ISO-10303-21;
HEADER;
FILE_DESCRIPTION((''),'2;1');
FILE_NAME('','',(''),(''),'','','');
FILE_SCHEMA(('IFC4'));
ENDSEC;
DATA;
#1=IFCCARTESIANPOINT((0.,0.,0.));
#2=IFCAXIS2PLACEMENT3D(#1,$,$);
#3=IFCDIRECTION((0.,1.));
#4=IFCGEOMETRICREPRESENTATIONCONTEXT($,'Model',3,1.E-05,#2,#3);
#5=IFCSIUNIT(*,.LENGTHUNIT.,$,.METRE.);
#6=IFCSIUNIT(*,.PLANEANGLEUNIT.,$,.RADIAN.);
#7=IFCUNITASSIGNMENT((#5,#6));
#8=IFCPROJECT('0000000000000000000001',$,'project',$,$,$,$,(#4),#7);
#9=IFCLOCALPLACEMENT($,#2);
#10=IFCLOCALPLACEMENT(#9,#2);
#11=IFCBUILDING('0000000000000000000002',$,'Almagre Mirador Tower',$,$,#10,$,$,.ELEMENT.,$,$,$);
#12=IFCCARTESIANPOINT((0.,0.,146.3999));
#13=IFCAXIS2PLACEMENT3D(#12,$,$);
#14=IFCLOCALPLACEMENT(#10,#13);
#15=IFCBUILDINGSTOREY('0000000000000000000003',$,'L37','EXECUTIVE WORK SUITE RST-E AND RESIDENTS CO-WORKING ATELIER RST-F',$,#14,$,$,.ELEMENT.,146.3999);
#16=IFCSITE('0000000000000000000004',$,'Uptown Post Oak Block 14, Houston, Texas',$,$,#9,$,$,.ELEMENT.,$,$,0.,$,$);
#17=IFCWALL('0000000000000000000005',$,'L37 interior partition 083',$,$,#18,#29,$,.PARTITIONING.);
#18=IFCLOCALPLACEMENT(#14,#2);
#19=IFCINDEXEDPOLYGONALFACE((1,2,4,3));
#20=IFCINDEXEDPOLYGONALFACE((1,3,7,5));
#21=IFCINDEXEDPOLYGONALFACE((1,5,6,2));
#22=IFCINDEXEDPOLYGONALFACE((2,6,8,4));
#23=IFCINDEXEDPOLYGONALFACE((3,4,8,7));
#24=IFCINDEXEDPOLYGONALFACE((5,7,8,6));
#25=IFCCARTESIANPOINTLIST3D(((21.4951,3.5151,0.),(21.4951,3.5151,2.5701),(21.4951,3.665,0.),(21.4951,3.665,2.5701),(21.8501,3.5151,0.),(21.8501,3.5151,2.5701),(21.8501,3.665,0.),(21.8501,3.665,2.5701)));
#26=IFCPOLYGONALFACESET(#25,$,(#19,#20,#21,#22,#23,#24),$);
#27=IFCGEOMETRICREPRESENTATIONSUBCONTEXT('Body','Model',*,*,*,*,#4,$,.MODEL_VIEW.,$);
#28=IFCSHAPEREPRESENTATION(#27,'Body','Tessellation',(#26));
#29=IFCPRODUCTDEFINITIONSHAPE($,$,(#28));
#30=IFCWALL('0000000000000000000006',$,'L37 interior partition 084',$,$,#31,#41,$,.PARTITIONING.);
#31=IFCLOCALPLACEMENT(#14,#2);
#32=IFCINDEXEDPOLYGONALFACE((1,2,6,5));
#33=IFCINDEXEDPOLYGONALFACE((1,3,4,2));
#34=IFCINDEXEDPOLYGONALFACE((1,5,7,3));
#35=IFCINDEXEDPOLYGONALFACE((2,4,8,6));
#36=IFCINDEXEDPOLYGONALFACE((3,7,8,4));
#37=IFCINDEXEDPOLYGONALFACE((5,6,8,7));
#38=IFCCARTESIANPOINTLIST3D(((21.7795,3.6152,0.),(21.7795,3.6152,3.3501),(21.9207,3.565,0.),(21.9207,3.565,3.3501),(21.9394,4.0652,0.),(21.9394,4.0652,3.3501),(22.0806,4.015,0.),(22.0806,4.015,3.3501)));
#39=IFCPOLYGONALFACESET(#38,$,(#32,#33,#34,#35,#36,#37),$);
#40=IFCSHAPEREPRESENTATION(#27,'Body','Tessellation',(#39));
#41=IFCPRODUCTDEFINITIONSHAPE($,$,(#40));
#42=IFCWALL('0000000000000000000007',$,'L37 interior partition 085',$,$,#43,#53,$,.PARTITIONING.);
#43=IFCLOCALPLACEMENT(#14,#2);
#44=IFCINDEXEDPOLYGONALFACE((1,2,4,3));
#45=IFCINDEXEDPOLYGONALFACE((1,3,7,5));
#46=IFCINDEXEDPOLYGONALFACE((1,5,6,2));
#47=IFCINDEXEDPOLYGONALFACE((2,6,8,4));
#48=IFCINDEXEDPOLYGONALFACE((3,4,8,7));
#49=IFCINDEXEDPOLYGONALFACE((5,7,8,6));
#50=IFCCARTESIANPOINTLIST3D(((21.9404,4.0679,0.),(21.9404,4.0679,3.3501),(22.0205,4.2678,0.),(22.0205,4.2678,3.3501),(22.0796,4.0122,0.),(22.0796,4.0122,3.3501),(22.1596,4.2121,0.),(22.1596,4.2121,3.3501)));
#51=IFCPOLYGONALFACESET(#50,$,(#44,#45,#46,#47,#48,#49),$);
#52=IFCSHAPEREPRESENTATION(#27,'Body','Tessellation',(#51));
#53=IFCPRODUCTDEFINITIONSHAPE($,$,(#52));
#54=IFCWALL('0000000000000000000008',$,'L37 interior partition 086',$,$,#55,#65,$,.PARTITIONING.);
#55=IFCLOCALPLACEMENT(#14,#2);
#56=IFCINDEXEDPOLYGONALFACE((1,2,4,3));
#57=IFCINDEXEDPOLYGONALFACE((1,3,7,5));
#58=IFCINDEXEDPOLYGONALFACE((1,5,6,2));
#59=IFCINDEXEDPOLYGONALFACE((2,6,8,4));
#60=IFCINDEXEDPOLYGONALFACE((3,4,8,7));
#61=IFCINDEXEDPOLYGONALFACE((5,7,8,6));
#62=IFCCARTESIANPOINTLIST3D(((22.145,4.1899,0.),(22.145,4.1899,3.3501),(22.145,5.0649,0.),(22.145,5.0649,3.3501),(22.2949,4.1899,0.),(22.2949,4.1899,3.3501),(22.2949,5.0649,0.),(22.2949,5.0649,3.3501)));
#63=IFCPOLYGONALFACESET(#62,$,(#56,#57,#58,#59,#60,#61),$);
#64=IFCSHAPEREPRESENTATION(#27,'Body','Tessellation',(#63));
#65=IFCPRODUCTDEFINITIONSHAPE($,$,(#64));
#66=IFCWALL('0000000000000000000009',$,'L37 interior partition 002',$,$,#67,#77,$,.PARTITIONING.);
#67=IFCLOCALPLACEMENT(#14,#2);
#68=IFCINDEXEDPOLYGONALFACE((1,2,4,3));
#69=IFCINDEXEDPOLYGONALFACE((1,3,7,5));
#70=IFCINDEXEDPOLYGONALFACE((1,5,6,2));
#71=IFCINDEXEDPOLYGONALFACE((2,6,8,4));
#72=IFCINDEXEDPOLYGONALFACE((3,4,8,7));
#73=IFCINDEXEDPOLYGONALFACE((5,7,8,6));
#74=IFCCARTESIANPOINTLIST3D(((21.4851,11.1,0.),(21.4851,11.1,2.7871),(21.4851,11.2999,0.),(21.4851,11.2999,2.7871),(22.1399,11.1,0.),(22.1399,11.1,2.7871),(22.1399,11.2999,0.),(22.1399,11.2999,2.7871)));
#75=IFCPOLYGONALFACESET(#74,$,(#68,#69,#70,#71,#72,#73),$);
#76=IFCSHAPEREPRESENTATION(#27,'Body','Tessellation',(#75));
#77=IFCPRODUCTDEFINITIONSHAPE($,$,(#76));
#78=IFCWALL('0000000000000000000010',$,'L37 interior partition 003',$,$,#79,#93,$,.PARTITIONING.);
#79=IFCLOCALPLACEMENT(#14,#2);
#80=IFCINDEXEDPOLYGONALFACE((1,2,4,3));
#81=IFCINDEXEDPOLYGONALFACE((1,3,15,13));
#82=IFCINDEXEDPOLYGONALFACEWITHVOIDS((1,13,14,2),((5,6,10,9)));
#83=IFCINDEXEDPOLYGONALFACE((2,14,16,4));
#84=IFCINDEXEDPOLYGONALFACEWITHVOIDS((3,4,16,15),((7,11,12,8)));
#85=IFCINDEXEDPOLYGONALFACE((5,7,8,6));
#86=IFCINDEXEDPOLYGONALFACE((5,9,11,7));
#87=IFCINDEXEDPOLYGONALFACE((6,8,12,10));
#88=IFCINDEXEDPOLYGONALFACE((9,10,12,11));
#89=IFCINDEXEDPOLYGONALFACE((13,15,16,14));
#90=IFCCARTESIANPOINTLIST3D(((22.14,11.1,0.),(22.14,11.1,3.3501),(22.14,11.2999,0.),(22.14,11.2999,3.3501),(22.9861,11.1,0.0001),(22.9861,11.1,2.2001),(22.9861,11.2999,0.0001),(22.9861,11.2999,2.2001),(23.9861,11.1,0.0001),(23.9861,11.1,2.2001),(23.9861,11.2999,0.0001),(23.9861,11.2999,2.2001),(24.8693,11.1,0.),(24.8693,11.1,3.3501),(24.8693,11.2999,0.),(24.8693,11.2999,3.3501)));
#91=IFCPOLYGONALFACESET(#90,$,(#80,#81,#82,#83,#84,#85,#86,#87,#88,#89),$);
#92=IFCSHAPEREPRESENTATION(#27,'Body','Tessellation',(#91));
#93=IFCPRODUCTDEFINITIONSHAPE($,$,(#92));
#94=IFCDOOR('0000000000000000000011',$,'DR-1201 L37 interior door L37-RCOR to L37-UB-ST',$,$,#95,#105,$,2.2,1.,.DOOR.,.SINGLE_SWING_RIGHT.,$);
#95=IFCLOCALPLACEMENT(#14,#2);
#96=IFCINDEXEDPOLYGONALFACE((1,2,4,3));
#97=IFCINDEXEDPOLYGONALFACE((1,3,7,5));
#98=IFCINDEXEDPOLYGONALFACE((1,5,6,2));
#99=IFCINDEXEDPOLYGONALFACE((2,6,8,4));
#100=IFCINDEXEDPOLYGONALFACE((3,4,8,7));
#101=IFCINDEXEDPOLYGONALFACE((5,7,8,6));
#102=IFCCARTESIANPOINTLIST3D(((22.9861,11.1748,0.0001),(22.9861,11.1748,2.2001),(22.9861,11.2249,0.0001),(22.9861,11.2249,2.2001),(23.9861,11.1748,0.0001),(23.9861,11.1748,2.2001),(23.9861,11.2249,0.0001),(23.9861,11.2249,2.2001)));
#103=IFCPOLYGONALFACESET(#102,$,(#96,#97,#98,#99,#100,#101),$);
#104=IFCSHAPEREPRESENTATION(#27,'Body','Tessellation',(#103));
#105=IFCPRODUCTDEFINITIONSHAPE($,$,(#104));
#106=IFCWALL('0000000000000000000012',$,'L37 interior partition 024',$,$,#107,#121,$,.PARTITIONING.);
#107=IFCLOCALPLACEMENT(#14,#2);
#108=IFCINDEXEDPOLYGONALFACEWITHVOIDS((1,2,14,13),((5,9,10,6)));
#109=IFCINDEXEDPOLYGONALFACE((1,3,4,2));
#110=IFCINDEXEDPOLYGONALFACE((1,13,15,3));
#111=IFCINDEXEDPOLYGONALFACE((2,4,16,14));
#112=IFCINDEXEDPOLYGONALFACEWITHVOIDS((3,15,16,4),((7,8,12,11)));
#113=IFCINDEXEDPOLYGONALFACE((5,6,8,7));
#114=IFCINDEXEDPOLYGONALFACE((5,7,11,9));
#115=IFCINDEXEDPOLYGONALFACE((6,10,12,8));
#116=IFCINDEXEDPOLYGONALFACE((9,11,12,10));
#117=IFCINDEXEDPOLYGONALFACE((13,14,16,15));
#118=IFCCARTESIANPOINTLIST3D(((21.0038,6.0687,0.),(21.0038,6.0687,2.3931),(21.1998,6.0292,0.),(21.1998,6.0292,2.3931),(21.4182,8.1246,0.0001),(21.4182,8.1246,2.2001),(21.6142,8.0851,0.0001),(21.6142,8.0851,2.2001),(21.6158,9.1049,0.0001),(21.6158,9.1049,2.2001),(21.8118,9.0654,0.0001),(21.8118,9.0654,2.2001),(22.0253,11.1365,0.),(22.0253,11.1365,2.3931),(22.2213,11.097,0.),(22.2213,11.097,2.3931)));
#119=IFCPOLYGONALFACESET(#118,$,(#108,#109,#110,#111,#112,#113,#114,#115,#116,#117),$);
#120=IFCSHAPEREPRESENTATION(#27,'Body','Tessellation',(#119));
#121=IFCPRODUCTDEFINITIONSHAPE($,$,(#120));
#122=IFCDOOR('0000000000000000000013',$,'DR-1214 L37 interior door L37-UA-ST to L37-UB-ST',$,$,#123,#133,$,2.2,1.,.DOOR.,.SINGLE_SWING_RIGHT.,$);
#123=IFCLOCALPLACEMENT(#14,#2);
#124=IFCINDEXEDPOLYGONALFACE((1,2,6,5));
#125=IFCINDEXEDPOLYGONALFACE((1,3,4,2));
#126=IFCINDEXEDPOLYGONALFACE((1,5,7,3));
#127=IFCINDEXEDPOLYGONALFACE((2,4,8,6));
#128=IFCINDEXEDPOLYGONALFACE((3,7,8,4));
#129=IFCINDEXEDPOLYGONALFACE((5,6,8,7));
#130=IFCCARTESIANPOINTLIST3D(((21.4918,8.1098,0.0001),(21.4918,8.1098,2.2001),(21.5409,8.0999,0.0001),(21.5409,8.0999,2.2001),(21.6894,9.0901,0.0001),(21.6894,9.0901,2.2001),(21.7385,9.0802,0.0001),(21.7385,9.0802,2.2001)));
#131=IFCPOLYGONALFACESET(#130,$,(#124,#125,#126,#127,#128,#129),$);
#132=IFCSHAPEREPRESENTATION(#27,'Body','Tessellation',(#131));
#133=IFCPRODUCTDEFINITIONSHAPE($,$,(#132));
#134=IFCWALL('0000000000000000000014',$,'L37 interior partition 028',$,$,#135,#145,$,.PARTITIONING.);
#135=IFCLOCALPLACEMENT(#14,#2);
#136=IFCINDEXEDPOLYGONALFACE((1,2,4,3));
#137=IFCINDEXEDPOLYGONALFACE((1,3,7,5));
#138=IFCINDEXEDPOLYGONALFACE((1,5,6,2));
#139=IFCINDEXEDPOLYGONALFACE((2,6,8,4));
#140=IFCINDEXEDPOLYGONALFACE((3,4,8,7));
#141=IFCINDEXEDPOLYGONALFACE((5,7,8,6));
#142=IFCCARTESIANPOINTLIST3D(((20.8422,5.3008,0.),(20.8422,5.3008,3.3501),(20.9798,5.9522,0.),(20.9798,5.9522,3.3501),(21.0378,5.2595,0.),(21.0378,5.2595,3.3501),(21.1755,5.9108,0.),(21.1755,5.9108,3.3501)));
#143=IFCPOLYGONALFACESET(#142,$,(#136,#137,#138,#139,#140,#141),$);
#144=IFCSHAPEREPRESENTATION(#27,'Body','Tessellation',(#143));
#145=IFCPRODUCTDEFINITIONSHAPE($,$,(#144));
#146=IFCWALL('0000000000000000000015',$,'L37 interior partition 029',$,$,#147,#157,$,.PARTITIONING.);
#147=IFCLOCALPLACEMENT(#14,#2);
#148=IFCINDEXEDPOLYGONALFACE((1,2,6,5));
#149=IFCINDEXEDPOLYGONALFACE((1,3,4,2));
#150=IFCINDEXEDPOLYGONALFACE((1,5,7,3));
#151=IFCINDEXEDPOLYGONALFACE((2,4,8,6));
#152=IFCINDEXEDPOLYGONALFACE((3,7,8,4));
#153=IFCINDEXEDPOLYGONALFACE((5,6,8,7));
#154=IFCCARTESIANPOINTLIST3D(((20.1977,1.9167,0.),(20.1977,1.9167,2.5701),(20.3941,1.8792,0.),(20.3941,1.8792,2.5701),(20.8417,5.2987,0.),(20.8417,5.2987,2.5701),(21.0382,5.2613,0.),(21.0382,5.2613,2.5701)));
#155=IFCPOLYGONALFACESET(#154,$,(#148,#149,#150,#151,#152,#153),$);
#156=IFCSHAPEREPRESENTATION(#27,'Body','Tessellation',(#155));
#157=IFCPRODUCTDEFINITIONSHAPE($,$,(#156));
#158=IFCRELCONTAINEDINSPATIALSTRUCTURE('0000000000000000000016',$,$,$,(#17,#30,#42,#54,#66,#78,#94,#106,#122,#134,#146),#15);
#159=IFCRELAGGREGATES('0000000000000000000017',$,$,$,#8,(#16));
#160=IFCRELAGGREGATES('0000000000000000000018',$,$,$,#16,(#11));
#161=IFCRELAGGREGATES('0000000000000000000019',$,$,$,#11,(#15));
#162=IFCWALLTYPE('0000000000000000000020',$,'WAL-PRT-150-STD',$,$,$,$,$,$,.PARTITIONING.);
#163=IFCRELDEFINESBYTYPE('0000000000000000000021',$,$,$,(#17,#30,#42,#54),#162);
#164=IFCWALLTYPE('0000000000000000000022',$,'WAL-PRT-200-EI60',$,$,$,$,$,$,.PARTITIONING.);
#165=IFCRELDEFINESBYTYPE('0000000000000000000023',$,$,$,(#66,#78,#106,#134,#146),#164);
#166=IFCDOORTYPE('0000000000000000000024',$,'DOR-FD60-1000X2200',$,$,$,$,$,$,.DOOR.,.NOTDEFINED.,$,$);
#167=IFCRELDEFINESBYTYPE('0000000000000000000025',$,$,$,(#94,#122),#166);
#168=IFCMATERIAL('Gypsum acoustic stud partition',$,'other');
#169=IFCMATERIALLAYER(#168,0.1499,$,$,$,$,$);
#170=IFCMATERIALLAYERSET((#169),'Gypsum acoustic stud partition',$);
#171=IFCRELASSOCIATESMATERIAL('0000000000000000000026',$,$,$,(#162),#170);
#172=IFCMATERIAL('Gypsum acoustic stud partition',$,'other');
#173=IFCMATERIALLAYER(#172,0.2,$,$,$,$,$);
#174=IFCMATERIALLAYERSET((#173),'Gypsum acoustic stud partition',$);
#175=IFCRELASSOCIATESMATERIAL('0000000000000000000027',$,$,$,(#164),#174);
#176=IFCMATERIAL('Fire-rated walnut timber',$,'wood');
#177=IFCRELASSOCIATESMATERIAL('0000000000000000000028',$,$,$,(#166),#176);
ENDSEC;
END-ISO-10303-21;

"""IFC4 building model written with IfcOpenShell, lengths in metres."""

from ifc_helpers import new_model, si_unit, direction, frame, frame_2d, origin, place, context, subcontext, project, spatial, rectangle, extrude, material, layer, layer_set, type_object, element, fill, save


model = new_model("IFC4")

# Units and contexts
model_context = context("Model", 3, precision=1e-05, world=origin(), true_north=direction((0.0, 1.0)))
body_context = subcontext(model_context, "Body", "Model", "MODEL_VIEW")
ifc_project = project(units=[si_unit("LENGTHUNIT", "METRE"), si_unit("PLANEANGLEUNIT", "RADIAN")], contexts=[model_context])

# Site, building, storey
site_placement = place(None, origin())
site = spatial("IfcSite", under=ifc_project, at=site_placement, Name="Uptown Post Oak Block 14, Houston, Texas", CompositionType="ELEMENT", RefElevation=0.0)
building_placement = place(site_placement, origin())
building = spatial("IfcBuilding", under=site, at=building_placement, Name="Almagre Mirador Tower", CompositionType="ELEMENT")
storey_placement = place(building_placement, frame((0.0, 0.0, 146.3999)))
storey = spatial("IfcBuildingStorey", under=building, at=storey_placement, Name="L37", Description="EXECUTIVE WORK SUITE RST-E AND RESIDENTS CO-WORKING ATELIER RST-F", CompositionType="ELEMENT", Elevation=146.3999)

# Shared definitions
ifc_material_1 = material(Name="Gypsum acoustic stud partition", Category="other")
ifc_layer_1 = layer(ifc_material_1, 0.1499)
ifc_layer_set_1 = layer_set([ifc_layer_1], Name="Gypsum acoustic stud partition")
wall_type_1 = type_object("IfcWallType", Name="WAL-PRT-150-STD", PredefinedType="PARTITIONING", material=ifc_layer_set_1)

# Walls
wall_1_placement = place(storey_placement, frame((21.4951, 3.5901, 0.0), z_axis=(0.0, 0.0, 1.0), x_axis=(1.0, 0.0, 0.0)))
element("IfcWall", 1, at=wall_1_placement, inside=storey, type_object=wall_type_1, Name="L37 interior partition 083", PredefinedType="PARTITIONING", context=body_context, shape_type="SweptSolid", body=[
    extrude(rectangle(XDim=0.355, YDim=0.1499, at=frame_2d((0.1775, 0.0))), origin(), (0.0, 0.0, 1.0), 2.5701),
])
wall_2_placement = place(storey_placement, frame((21.8501, 3.5901, 0.0), z_axis=(0.0, 0.0, 1.0), x_axis=(0.334879, 0.942261, 0.0)))
element("IfcWall", 2, at=wall_2_placement, inside=storey, type_object=wall_type_1, Name="L37 interior partition 084", PredefinedType="PARTITIONING", context=body_context, shape_type="SweptSolid", body=[
    extrude(rectangle(XDim=0.4775, YDim=0.1499, at=frame_2d((0.2388, 0.0))), origin(), (0.0, 0.0, 1.0), 3.3501),
])
wall_3_placement = place(storey_placement, frame((22.01, 4.04, 0.0), z_axis=(0.0, 0.0, 1.0), x_axis=(0.371781, 0.92832, 0.0)))
element("IfcWall", 3, at=wall_3_placement, inside=storey, type_object=wall_type_1, Name="L37 interior partition 085", PredefinedType="PARTITIONING", context=body_context, shape_type="SweptSolid", body=[
    extrude(rectangle(XDim=0.2153, YDim=0.1499, at=frame_2d((0.1077, 0.0))), origin(), (0.0, 0.0, 1.0), 3.3501),
])
wall_4_placement = place(storey_placement, frame((22.22, 4.1899, 0.0), z_axis=(0.0, 0.0, 1.0), x_axis=(0.0, 1.0, 0.0)))
element("IfcWall", 4, at=wall_4_placement, inside=storey, type_object=wall_type_1, Name="L37 interior partition 086", PredefinedType="PARTITIONING", context=body_context, shape_type="SweptSolid", body=[
    extrude(rectangle(XDim=0.875, YDim=0.1499, at=frame_2d((0.4375, 0.0))), origin(), (0.0, 0.0, 1.0), 3.3501),
])
ifc_material_2 = material(Name="Gypsum acoustic stud partition", Category="other")
ifc_layer_2 = layer(ifc_material_2, 0.2)
ifc_layer_set_2 = layer_set([ifc_layer_2], Name="Gypsum acoustic stud partition")
wall_type_2 = type_object("IfcWallType", Name="WAL-PRT-200-EI60", PredefinedType="PARTITIONING", material=ifc_layer_set_2)
wall_5_placement = place(storey_placement, frame((21.4851, 11.2, 0.0), z_axis=(0.0, 0.0, 1.0), x_axis=(1.0, 0.0, 0.0)))
element("IfcWall", 5, at=wall_5_placement, inside=storey, type_object=wall_type_2, Name="L37 interior partition 002", PredefinedType="PARTITIONING", context=body_context, shape_type="SweptSolid", body=[
    extrude(rectangle(XDim=0.6548, YDim=0.2, at=frame_2d((0.3274, 0.0))), origin(), (0.0, 0.0, 1.0), 2.7871),
])

# Walls, openings, doors
wall_6_placement = place(storey_placement, frame((22.1399, 11.2, 0.0), z_axis=(0.0, 0.0, 1.0), x_axis=(1.0, 0.0, 0.0)))
wall_6 = element("IfcWall", 6, at=wall_6_placement, inside=storey, type_object=wall_type_2, Name="L37 interior partition 003", PredefinedType="PARTITIONING", context=body_context, shape_type="SweptSolid", body=[
    extrude(rectangle(XDim=2.7292, YDim=0.2, at=frame_2d((1.3647, 0.0))), origin(), (0.0, 0.0, 1.0), 3.3501),
])
opening_1_placement = place(wall_6_placement, frame((0.8462, 0.0, 0.0)))
opening_1 = element("IfcOpeningElement", 7, at=opening_1_placement, cuts=wall_6, PredefinedType="OPENING", context=body_context, shape_type="SweptSolid", body=[
    extrude(rectangle(XDim=1.0, YDim=2.2, at=frame_2d((0.5, 1.1001))), frame((0.0, 0.1101, 0.0), z_axis=(0.0, -1.0, 0.0), x_axis=(1.0, 0.0, 0.0)), (0.0, 0.0, 1.0), 0.22),
])
ifc_material_3 = material(Name="Fire-rated walnut timber", Category="wood")
door_type_1 = type_object("IfcDoorType", Name="DOR-FD60-1000X2200", OperationType="NOTDEFINED", PredefinedType="DOOR", material=ifc_material_3)
door_1_placement = place(opening_1_placement, origin())
door_1 = element("IfcDoor", 8, at=door_1_placement, inside=storey, type_object=door_type_1, Name="DR-1201 L37 interior door L37-RCOR to L37-UB-ST", OperationType="SINGLE_SWING_RIGHT", OverallHeight=2.2, OverallWidth=1.0, PredefinedType="DOOR", context=body_context, shape_type="SweptSolid", body=[
    extrude(rectangle(XDim=1.0, YDim=2.2, at=frame_2d((0.5, 1.1001))), frame((0.0, 0.0249, 0.0), z_axis=(0.0, -1.0, 0.0), x_axis=(1.0, 0.0, 0.0)), (0.0, 0.0, 1.0), 0.05),
])
fill(opening_1, door_1)
wall_7_placement = place(storey_placement, frame((21.1018, 6.0488, 0.0), z_axis=(0.0, 0.0, 1.0), x_axis=(0.197587, 0.980285, 0.0)))
wall_7 = element("IfcWall", 9, at=wall_7_placement, inside=storey, type_object=wall_type_2, Name="L37 interior partition 024", PredefinedType="PARTITIONING", context=body_context, shape_type="SweptSolid", body=[
    extrude(rectangle(XDim=5.1697, YDim=0.2, at=frame_2d((2.585, 0.0))), origin(), (0.0, 0.0, 1.0), 2.3931),
])
opening_2_placement = place(wall_7_placement, frame((2.0974, 0.0, 0.0)))
opening_2 = element("IfcOpeningElement", 10, at=opening_2_placement, cuts=wall_7, PredefinedType="OPENING", context=body_context, shape_type="SweptSolid", body=[
    extrude(rectangle(XDim=1.0, YDim=2.2, at=frame_2d((0.5, 1.1001))), frame((0.0, 0.1101, 0.0), z_axis=(0.0, -1.0, 0.0), x_axis=(1.0, 0.0, 0.0)), (0.0, 0.0, 1.0), 0.22),
])
door_2_placement = place(opening_2_placement, origin())
door_2 = element("IfcDoor", 11, at=door_2_placement, inside=storey, type_object=door_type_1, Name="DR-1214 L37 interior door L37-UA-ST to L37-UB-ST", OperationType="SINGLE_SWING_RIGHT", OverallHeight=2.2, OverallWidth=1.0, PredefinedType="DOOR", context=body_context, shape_type="SweptSolid", body=[
    extrude(rectangle(XDim=1.0, YDim=2.2, at=frame_2d((0.5, 1.1001))), frame((0.0, 0.0249, 0.0), z_axis=(0.0, -1.0, 0.0), x_axis=(1.0, 0.0, 0.0)), (0.0, 0.0, 1.0), 0.05),
])
fill(opening_2, door_2)

# Walls
wall_8_placement = place(storey_placement, frame((20.9399, 5.28, 0.0), z_axis=(0.0, 0.0, 1.0), x_axis=(0.206824, 0.978378, 0.0)))
element("IfcWall", 12, at=wall_8_placement, inside=storey, type_object=wall_type_2, Name="L37 interior partition 028", PredefinedType="PARTITIONING", context=body_context, shape_type="SweptSolid", body=[
    extrude(rectangle(XDim=0.6658, YDim=0.2, at=frame_2d((0.333, 0.0))), origin(), (0.0, 0.0, 1.0), 3.3501),
])
wall_9_placement = place(storey_placement, frame((20.2959, 1.8979, 0.0), z_axis=(0.0, 0.0, 1.0), x_axis=(0.187066, 0.982347, 0.0)))
element("IfcWall", 13, at=wall_9_placement, inside=storey, type_object=wall_type_2, Name="L37 interior partition 029", PredefinedType="PARTITIONING", context=body_context, shape_type="SweptSolid", body=[
    extrude(rectangle(XDim=3.4429, YDim=0.2, at=frame_2d((1.7214, 0.0))), origin(), (0.0, 0.0, 1.0), 2.5701),
])

save(model, "model.ifc")
